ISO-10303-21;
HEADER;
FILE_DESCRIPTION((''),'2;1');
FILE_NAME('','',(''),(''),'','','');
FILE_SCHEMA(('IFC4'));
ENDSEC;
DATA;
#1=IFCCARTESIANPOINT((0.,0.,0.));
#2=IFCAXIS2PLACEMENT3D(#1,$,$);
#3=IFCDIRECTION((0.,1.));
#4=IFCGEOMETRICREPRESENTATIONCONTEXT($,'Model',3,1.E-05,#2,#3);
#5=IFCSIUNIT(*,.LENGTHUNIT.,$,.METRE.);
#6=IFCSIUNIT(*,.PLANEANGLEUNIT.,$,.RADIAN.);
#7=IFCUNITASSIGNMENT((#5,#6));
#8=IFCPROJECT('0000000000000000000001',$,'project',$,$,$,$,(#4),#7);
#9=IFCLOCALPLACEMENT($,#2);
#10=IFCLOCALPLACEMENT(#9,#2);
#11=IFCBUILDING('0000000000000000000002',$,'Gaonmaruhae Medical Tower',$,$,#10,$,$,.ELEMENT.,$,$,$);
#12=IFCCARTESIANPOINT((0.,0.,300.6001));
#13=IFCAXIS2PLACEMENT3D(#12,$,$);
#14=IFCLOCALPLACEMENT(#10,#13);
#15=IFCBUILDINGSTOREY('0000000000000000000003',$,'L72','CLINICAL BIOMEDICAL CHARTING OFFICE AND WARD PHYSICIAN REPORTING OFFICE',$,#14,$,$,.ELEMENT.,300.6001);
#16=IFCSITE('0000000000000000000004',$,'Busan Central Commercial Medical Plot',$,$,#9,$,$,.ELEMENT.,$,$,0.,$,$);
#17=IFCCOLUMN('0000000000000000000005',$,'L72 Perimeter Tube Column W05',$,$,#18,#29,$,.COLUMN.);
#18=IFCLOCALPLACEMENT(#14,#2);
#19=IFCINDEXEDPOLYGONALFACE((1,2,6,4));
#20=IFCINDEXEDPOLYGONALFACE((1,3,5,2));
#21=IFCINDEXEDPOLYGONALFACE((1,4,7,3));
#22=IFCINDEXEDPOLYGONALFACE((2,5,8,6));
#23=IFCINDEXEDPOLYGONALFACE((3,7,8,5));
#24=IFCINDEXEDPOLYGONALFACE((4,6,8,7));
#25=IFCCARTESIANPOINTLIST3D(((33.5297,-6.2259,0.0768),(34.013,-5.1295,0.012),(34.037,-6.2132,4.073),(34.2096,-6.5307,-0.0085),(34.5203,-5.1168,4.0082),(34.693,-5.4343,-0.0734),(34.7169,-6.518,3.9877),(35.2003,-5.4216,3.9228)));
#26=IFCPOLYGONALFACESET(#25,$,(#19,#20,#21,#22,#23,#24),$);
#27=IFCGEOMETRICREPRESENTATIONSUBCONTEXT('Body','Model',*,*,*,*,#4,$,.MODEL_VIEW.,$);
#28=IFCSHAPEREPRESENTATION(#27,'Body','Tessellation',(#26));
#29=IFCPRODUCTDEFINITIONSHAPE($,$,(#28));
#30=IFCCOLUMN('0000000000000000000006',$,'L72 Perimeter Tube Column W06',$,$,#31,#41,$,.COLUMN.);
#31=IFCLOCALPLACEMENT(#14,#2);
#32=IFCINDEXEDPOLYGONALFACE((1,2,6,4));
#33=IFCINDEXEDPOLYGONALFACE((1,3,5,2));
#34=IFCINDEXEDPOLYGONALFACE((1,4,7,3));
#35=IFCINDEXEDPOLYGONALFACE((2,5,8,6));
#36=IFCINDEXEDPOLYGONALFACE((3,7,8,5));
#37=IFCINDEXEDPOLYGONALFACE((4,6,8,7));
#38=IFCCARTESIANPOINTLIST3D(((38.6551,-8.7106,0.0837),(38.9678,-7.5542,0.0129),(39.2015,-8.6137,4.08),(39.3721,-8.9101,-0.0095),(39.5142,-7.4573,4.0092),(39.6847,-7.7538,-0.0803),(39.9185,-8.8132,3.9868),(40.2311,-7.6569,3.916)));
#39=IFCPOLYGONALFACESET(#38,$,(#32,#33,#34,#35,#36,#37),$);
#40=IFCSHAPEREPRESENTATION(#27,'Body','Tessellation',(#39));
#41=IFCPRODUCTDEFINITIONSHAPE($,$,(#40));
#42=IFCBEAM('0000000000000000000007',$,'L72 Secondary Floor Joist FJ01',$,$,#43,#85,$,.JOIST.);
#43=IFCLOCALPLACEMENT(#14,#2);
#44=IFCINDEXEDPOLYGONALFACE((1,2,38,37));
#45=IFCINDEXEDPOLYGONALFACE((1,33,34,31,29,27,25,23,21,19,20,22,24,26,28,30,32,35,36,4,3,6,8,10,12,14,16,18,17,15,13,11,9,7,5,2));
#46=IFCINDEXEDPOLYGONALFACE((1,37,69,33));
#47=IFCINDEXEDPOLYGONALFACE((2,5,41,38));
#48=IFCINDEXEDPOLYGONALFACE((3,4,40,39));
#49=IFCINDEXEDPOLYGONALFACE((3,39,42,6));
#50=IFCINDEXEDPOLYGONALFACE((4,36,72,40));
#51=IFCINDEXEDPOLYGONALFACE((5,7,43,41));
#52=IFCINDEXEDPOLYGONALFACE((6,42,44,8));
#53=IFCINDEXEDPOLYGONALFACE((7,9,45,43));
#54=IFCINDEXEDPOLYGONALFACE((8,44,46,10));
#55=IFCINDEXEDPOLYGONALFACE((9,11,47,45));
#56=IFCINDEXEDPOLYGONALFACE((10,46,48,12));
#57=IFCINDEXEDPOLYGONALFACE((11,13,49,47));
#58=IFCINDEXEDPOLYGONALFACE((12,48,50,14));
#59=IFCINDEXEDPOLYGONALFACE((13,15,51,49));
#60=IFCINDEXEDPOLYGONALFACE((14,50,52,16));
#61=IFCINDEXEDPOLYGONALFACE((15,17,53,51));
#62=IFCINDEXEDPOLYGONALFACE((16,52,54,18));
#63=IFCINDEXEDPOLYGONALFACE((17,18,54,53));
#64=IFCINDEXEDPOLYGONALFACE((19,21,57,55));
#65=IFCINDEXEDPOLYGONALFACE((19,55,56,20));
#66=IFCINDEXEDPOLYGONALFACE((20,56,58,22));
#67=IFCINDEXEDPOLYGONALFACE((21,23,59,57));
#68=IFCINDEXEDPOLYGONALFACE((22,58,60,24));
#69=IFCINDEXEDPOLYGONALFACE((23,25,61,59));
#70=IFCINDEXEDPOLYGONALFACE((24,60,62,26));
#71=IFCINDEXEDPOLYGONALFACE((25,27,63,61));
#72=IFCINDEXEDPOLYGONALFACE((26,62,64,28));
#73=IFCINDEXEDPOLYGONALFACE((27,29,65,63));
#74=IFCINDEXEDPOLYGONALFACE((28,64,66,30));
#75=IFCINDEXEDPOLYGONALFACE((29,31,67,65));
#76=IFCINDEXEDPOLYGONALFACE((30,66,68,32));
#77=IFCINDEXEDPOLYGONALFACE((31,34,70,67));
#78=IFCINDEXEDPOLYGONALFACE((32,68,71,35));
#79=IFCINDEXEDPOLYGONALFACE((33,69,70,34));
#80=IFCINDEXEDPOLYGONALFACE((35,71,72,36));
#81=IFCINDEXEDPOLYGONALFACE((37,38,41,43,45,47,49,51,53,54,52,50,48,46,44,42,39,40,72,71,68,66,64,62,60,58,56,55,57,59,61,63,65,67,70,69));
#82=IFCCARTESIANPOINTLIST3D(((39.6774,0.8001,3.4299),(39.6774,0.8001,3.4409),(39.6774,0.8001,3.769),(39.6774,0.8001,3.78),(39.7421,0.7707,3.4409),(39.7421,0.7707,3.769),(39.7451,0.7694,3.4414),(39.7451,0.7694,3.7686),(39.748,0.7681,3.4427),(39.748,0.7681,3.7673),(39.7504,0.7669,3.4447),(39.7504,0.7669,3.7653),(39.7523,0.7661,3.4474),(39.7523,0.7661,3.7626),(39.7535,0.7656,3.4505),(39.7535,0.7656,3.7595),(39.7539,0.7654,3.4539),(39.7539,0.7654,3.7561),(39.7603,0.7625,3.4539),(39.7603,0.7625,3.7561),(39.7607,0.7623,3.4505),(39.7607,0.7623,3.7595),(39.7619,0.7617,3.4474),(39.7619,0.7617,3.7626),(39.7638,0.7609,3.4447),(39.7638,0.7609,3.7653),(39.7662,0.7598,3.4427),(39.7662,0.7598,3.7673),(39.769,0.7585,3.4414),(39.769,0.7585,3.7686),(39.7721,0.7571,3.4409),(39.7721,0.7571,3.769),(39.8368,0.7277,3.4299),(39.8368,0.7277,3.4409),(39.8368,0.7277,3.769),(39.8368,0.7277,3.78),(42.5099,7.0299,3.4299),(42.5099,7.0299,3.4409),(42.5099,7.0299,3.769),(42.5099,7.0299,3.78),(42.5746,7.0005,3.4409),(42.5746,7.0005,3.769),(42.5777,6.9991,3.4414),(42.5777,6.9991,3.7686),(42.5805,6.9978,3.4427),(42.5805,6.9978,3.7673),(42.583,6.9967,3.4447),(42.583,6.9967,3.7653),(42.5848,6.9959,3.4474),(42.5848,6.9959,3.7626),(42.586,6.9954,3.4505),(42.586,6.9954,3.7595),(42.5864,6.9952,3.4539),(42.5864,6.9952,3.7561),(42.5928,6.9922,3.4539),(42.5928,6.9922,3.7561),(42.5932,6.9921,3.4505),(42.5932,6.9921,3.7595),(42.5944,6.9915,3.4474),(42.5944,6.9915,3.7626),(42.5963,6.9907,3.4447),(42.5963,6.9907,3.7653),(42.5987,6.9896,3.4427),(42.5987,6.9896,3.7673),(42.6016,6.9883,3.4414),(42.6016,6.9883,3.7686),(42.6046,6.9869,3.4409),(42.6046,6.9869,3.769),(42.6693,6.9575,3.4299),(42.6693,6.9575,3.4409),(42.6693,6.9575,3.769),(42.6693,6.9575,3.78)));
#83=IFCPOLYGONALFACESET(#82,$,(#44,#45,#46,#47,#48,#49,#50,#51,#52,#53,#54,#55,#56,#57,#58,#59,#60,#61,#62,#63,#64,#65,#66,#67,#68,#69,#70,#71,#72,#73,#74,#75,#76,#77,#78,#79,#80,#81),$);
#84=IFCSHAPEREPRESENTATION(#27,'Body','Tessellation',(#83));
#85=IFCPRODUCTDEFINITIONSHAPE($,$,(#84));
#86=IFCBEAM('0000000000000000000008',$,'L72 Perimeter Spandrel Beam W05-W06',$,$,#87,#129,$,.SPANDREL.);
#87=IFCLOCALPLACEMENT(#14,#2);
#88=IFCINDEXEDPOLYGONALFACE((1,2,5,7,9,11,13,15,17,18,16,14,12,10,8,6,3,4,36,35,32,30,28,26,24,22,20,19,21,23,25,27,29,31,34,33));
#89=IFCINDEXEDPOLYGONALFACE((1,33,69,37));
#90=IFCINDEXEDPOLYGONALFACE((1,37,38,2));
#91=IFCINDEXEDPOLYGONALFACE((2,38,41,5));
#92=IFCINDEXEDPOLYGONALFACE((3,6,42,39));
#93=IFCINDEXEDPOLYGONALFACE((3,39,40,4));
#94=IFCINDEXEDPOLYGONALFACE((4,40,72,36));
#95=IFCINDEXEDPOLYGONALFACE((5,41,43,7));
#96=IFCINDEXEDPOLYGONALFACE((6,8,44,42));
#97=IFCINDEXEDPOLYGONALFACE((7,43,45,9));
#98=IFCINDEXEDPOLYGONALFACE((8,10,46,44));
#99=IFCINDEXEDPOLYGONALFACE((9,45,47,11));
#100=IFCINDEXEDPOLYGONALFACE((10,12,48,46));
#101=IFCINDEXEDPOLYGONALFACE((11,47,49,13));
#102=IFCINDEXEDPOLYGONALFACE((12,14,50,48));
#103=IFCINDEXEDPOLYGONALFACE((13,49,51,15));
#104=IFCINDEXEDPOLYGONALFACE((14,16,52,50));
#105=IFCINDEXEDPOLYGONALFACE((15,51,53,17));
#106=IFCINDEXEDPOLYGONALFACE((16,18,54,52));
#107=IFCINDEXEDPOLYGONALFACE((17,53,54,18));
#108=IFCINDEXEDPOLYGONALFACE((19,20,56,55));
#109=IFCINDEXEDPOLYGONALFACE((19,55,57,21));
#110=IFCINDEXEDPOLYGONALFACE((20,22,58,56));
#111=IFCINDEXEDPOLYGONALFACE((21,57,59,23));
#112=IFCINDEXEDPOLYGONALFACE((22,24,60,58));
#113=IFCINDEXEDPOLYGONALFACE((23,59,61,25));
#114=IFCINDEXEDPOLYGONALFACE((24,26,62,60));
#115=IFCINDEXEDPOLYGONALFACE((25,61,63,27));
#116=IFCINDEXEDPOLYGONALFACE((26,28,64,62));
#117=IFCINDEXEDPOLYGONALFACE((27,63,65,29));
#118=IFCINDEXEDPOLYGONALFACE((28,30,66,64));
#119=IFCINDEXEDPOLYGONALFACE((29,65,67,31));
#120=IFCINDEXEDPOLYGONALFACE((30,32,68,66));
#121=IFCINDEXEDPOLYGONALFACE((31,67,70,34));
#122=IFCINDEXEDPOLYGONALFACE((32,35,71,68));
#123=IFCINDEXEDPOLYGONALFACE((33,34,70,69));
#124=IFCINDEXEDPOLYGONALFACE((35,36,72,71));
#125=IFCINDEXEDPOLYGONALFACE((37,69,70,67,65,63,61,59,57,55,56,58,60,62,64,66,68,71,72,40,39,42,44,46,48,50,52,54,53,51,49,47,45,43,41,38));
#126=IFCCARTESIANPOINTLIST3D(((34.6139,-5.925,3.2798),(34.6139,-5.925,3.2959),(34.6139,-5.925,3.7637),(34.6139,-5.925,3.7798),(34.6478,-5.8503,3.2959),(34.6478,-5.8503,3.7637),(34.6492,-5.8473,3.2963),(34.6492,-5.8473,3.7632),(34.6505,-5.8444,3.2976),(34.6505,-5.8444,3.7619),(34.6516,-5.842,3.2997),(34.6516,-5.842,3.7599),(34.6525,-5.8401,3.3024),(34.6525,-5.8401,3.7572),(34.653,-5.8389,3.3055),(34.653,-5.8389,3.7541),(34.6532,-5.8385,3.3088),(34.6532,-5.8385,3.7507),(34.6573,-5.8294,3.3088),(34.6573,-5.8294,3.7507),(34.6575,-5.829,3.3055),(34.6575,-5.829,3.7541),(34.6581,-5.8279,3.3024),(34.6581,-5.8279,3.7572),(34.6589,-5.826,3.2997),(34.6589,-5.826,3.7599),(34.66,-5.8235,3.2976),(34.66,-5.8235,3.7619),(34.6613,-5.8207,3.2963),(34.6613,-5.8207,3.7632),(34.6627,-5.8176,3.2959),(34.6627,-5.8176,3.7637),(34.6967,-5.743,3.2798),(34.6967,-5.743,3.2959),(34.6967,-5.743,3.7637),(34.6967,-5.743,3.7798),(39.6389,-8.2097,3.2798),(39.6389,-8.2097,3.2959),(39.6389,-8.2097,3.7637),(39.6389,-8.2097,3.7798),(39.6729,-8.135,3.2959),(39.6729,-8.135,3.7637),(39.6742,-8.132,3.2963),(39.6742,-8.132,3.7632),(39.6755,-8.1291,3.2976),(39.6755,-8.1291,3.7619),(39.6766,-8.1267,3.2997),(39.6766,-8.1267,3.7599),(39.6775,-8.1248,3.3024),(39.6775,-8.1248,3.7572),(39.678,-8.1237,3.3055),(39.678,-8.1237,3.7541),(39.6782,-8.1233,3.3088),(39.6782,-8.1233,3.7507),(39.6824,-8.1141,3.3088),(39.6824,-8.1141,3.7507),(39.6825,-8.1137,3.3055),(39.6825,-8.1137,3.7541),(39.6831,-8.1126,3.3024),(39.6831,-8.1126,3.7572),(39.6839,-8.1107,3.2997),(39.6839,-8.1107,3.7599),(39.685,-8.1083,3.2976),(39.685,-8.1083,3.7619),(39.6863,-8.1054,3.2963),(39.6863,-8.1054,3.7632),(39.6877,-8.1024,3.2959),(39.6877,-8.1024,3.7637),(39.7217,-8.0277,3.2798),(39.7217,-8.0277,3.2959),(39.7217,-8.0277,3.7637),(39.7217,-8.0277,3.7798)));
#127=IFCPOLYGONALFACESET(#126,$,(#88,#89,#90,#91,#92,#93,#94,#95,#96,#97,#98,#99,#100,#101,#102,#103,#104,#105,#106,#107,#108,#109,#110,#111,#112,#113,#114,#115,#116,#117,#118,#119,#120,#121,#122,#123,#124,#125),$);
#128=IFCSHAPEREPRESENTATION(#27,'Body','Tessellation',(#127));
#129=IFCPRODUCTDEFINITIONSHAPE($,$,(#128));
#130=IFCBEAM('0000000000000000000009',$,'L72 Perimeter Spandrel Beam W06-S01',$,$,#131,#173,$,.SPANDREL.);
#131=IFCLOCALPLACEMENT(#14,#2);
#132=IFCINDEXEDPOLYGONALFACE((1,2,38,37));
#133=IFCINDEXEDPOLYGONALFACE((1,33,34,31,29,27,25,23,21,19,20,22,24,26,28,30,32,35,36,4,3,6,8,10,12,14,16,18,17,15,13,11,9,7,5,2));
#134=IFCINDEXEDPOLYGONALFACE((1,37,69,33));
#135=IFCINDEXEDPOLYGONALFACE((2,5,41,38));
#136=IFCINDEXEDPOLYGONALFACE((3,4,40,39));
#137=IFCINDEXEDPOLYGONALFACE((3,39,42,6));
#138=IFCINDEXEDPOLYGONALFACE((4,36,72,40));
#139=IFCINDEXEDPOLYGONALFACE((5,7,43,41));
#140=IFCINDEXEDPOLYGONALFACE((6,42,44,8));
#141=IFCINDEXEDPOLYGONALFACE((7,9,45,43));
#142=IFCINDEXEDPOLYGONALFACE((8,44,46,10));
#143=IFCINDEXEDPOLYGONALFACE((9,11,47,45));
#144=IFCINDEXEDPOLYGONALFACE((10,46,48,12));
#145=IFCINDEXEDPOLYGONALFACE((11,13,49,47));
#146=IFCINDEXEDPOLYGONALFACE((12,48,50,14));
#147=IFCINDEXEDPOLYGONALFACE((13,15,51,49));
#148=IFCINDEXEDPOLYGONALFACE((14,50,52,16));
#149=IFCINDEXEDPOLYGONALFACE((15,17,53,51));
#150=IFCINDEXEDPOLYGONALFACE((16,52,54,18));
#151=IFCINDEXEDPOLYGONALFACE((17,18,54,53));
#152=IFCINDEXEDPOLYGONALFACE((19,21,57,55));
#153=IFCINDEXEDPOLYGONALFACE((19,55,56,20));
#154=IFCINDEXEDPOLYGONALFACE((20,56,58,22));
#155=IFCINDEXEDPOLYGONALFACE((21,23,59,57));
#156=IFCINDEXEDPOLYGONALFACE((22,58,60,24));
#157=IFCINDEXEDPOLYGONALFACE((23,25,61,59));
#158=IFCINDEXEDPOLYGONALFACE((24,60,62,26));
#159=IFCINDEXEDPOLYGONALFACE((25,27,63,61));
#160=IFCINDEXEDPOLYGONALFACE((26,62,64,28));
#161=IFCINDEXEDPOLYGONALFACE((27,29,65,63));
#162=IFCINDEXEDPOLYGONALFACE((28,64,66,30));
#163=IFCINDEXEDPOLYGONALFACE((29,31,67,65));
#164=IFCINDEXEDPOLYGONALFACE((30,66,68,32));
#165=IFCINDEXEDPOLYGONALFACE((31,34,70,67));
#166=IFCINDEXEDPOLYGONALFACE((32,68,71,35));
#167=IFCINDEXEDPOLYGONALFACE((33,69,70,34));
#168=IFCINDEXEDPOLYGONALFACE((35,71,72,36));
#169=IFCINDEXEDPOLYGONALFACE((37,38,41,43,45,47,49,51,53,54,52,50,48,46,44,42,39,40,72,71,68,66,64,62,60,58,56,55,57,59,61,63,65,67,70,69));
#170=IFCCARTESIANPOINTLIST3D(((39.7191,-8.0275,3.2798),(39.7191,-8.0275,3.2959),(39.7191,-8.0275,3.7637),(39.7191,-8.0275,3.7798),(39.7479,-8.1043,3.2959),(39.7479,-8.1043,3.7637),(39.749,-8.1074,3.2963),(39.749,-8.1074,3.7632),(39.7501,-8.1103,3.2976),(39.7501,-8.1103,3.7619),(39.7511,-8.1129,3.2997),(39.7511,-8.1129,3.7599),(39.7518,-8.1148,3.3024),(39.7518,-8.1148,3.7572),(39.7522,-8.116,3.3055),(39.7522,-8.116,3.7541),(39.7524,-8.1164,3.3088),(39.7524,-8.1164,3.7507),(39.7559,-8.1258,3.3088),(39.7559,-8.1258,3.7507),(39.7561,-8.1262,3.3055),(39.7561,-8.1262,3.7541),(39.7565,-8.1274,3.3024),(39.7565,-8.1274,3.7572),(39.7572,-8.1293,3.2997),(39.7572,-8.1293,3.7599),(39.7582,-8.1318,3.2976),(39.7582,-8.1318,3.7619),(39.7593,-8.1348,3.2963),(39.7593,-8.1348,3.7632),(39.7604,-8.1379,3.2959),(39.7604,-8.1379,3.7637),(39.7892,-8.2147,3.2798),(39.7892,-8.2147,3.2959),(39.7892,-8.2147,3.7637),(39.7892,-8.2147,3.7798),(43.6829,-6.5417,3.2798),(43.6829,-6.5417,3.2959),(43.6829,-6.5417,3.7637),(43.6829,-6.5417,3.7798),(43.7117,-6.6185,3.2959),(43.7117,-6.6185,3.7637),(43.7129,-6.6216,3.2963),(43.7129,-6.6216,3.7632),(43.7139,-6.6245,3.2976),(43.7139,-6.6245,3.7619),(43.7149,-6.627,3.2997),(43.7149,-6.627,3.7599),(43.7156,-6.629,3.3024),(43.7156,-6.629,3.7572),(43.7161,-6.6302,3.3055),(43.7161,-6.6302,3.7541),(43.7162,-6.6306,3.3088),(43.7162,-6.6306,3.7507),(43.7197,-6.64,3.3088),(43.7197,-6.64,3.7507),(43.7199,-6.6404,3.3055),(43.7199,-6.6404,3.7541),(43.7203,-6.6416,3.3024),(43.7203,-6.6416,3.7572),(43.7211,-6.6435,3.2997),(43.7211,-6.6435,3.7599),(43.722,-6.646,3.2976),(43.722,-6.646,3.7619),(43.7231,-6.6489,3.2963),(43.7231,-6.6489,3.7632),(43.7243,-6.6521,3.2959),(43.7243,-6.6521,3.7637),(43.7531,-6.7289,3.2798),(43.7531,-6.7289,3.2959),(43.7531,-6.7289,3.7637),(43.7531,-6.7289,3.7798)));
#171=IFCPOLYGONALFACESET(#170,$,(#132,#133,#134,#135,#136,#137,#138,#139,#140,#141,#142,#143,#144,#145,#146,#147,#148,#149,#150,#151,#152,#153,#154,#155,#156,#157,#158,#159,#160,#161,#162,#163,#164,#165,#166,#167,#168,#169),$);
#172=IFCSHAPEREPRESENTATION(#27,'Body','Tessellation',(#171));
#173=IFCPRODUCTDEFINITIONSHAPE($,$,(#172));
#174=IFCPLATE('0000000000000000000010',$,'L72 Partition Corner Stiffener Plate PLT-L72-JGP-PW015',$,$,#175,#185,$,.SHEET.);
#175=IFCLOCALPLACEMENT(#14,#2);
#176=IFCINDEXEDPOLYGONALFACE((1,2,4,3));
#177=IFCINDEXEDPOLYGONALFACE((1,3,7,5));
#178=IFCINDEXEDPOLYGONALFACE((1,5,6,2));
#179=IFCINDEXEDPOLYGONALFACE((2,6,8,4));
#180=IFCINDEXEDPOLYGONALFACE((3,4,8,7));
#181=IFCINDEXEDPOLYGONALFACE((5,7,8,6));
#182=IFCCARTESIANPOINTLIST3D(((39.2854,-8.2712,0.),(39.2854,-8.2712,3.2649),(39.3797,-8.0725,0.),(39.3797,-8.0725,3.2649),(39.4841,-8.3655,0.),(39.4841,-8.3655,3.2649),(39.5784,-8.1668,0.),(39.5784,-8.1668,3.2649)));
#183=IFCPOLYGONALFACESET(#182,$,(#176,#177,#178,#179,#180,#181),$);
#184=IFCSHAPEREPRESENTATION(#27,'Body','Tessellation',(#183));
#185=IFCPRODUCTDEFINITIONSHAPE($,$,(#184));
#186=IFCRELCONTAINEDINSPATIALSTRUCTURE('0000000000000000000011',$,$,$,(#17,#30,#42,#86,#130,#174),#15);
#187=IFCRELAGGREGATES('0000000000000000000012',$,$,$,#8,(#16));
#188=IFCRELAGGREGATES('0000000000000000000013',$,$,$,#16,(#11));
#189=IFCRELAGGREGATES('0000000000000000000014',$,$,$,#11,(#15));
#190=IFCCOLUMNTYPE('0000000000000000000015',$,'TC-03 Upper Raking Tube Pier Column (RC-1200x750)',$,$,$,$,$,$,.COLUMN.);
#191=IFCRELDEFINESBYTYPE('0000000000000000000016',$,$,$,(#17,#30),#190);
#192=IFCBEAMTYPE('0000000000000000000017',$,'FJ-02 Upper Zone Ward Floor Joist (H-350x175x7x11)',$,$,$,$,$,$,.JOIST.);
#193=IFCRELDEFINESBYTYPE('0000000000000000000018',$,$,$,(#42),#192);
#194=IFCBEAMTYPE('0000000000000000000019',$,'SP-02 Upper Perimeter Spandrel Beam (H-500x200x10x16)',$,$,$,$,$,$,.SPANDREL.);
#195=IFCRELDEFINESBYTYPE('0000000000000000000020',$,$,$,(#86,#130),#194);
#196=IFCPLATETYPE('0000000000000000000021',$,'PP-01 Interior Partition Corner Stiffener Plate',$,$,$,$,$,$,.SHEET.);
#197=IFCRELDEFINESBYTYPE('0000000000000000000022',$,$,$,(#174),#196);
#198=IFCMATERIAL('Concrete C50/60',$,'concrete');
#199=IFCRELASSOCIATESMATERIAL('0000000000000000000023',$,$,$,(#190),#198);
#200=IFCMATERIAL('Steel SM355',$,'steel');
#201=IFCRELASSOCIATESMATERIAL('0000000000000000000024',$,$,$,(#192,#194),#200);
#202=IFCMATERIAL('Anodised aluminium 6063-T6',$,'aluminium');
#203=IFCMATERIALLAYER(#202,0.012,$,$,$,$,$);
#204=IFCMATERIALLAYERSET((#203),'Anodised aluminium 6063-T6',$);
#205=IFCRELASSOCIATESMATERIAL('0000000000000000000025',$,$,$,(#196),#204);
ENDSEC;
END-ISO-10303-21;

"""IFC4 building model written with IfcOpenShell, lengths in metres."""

from ifc_helpers import new_model, si_unit, direction, frame, origin, origin_2d, place, context, subcontext, project, spatial, rectangle, i_section, extrude, material, layer, layer_set, material_profile, profile_set, type_object, element, save


model = new_model("IFC4")

# Units and contexts
model_context = context("Model", 3, precision=1e-05, world=origin(), true_north=direction((0.0, 1.0)))
body_context = subcontext(model_context, "Body", "Model", "MODEL_VIEW")
ifc_project = project(units=[si_unit("LENGTHUNIT", "METRE"), si_unit("PLANEANGLEUNIT", "RADIAN")], contexts=[model_context])

# Site, building, storey
site_placement = place(None, origin())
site = spatial("IfcSite", under=ifc_project, at=site_placement, Name="Busan Central Commercial Medical Plot", CompositionType="ELEMENT", RefElevation=0.0)
building_placement = place(site_placement, origin())
building = spatial("IfcBuilding", under=site, at=building_placement, Name="Gaonmaruhae Medical Tower", CompositionType="ELEMENT")
storey_placement = place(building_placement, frame((0.0, 0.0, 300.6001)))
storey = spatial("IfcBuildingStorey", under=building, at=storey_placement, Name="L72", Description="CLINICAL BIOMEDICAL CHARTING OFFICE AND WARD PHYSICIAN REPORTING OFFICE", CompositionType="ELEMENT", Elevation=300.6001)

# Columns
ifc_material_1 = material(Name="Concrete C50/60", Category="concrete")
ifc_material_profile_1 = material_profile(ifc_material_1, rectangle(XDim=1.2, YDim=0.75, at=origin_2d()), Name="RC-1200x750")
ifc_profile_set_1 = profile_set([ifc_material_profile_1], Name="Concrete C50/60")
column_type = type_object("IfcColumnType", Name="TC-03 Upper Raking Tube Pier Column (RC-1200x750)", PredefinedType="COLUMN", material=ifc_profile_set_1)
column_1_placement = place(storey_placement, frame((34.1113, -5.8301, 0.0017), z_axis=(0.125936, 0.003151, 0.992033), x_axis=(-0.402787, -0.913697, 0.054035)))
element("IfcColumn", 1, at=column_1_placement, inside=storey, type_object=column_type, Name="L72 Perimeter Tube Column W05", PredefinedType="COLUMN", context=body_context, shape_type="SweptSolid", body=[
    extrude(rectangle(XDim=1.2, YDim=0.75, at=origin_2d()), origin(), (0.0, 0.0, 1.0), 4.0283),
])
column_2_placement = place(storey_placement, frame((39.1699, -8.2322, 0.0017), z_axis=(0.135423, 0.024023, 0.990497), x_axis=(-0.260548, -0.963657, 0.058994)))
element("IfcColumn", 2, at=column_2_placement, inside=storey, type_object=column_type, Name="L72 Perimeter Tube Column W06", PredefinedType="COLUMN", context=body_context, shape_type="SweptSolid", body=[
    extrude(rectangle(XDim=1.2, YDim=0.75, at=origin_2d()), origin(), (0.0, 0.0, 1.0), 4.0347),
])

# Beams
ifc_material_2 = material(Name="Steel SM355", Category="steel")
ifc_material_profile_2 = material_profile(ifc_material_2, i_section(OverallWidth=0.175, OverallDepth=0.3501, WebThickness=0.0071, FlangeThickness=0.011, FilletRadius=0.0129, at=origin_2d()), Name="H-350x175x7x11")
ifc_profile_set_2 = profile_set([ifc_material_profile_2], Name="Steel SM355")
beam_type_1 = type_object("IfcBeamType", Name="FJ-02 Upper Zone Ward Floor Joist (H-350x175x7x11)", PredefinedType="JOIST", material=ifc_profile_set_2)
beam_1_placement = place(storey_placement, frame((39.7571, 0.7639, 3.605), z_axis=(0.413902, 0.910321, 0.0), x_axis=(-0.910321, 0.413902, 0.0)))
element("IfcBeam", 3, at=beam_1_placement, inside=storey, type_object=beam_type_1, Name="L72 Secondary Floor Joist FJ01", PredefinedType="JOIST", context=body_context, shape_type="SweptSolid", body=[
    extrude(i_section(OverallWidth=0.175, OverallDepth=0.3501, WebThickness=0.0071, FlangeThickness=0.011, FilletRadius=0.0129, at=origin_2d()), origin(), (0.0, 0.0, 1.0), 6.8435),
])
ifc_material_profile_3 = material_profile(ifc_material_2, i_section(OverallWidth=0.2, OverallDepth=0.5, WebThickness=0.01, FlangeThickness=0.0161, FilletRadius=0.0129, at=origin_2d()), Name="H-500x200x10x16")
ifc_profile_set_3 = profile_set([ifc_material_profile_3], Name="Steel SM355")
beam_type_2 = type_object("IfcBeamType", Name="SP-02 Upper Perimeter Spandrel Beam (H-500x200x10x16)", PredefinedType="SPANDREL", material=ifc_profile_set_3)
beam_2_placement = place(storey_placement, frame((34.6553, -5.834, 3.5298), z_axis=(0.910324, -0.413896, 0.0), x_axis=(0.413896, 0.910324, 0.0)))
element("IfcBeam", 4, at=beam_2_placement, inside=storey, type_object=beam_type_2, Name="L72 Perimeter Spandrel Beam W05-W06", PredefinedType="SPANDREL", context=body_context, shape_type="SweptSolid", body=[
    extrude(i_section(OverallWidth=0.2, OverallDepth=0.5, WebThickness=0.01, FlangeThickness=0.0161, FilletRadius=0.0129, at=origin_2d()), origin(), (0.0, 0.0, 1.0), 5.52),
])
beam_3_placement = place(storey_placement, frame((39.7542, -8.1211, 3.5298), z_axis=(0.936377, 0.350997, 0.0), x_axis=(-0.350997, 0.936377, 0.0)))
element("IfcBeam", 5, at=beam_3_placement, inside=storey, type_object=beam_type_2, Name="L72 Perimeter Spandrel Beam W06-S01", PredefinedType="SPANDREL", context=body_context, shape_type="SweptSolid", body=[
    extrude(i_section(OverallWidth=0.2, OverallDepth=0.5, WebThickness=0.01, FlangeThickness=0.0161, FilletRadius=0.0129, at=origin_2d()), origin(), (0.0, 0.0, 1.0), 4.2332),
])

# Plate
ifc_material_3 = material(Name="Anodised aluminium 6063-T6", Category="aluminium")
ifc_layer_1 = layer(ifc_material_3, 0.012)
ifc_layer_set_1 = layer_set([ifc_layer_1], Name="Anodised aluminium 6063-T6")
plate_type = type_object("IfcPlateType", Name="PP-01 Interior Partition Corner Stiffener Plate", PredefinedType="SHEET", material=ifc_layer_set_1)
for number, where, z_axis, x_axis, name in (
    (6, (39.4319, -8.219, 0.0), (0.0, 0.0, 1.0), (-0.903463, 0.428667, 0.0), "L72 Partition Corner Stiffener Plate PLT-L72-JGP-PW015"),
):
    element("IfcPlate", number, at=place(storey_placement, frame(where, z_axis=z_axis, x_axis=x_axis)), inside=storey, type_object=plate_type, Name=name, PredefinedType="SHEET", context=body_context, shape_type="SweptSolid", body=[
        extrude(rectangle(XDim=0.22, YDim=0.22, at=origin_2d()), origin(), (0.0, 0.0, 1.0), 3.2649),
    ])

save(model, "model.ifc")
